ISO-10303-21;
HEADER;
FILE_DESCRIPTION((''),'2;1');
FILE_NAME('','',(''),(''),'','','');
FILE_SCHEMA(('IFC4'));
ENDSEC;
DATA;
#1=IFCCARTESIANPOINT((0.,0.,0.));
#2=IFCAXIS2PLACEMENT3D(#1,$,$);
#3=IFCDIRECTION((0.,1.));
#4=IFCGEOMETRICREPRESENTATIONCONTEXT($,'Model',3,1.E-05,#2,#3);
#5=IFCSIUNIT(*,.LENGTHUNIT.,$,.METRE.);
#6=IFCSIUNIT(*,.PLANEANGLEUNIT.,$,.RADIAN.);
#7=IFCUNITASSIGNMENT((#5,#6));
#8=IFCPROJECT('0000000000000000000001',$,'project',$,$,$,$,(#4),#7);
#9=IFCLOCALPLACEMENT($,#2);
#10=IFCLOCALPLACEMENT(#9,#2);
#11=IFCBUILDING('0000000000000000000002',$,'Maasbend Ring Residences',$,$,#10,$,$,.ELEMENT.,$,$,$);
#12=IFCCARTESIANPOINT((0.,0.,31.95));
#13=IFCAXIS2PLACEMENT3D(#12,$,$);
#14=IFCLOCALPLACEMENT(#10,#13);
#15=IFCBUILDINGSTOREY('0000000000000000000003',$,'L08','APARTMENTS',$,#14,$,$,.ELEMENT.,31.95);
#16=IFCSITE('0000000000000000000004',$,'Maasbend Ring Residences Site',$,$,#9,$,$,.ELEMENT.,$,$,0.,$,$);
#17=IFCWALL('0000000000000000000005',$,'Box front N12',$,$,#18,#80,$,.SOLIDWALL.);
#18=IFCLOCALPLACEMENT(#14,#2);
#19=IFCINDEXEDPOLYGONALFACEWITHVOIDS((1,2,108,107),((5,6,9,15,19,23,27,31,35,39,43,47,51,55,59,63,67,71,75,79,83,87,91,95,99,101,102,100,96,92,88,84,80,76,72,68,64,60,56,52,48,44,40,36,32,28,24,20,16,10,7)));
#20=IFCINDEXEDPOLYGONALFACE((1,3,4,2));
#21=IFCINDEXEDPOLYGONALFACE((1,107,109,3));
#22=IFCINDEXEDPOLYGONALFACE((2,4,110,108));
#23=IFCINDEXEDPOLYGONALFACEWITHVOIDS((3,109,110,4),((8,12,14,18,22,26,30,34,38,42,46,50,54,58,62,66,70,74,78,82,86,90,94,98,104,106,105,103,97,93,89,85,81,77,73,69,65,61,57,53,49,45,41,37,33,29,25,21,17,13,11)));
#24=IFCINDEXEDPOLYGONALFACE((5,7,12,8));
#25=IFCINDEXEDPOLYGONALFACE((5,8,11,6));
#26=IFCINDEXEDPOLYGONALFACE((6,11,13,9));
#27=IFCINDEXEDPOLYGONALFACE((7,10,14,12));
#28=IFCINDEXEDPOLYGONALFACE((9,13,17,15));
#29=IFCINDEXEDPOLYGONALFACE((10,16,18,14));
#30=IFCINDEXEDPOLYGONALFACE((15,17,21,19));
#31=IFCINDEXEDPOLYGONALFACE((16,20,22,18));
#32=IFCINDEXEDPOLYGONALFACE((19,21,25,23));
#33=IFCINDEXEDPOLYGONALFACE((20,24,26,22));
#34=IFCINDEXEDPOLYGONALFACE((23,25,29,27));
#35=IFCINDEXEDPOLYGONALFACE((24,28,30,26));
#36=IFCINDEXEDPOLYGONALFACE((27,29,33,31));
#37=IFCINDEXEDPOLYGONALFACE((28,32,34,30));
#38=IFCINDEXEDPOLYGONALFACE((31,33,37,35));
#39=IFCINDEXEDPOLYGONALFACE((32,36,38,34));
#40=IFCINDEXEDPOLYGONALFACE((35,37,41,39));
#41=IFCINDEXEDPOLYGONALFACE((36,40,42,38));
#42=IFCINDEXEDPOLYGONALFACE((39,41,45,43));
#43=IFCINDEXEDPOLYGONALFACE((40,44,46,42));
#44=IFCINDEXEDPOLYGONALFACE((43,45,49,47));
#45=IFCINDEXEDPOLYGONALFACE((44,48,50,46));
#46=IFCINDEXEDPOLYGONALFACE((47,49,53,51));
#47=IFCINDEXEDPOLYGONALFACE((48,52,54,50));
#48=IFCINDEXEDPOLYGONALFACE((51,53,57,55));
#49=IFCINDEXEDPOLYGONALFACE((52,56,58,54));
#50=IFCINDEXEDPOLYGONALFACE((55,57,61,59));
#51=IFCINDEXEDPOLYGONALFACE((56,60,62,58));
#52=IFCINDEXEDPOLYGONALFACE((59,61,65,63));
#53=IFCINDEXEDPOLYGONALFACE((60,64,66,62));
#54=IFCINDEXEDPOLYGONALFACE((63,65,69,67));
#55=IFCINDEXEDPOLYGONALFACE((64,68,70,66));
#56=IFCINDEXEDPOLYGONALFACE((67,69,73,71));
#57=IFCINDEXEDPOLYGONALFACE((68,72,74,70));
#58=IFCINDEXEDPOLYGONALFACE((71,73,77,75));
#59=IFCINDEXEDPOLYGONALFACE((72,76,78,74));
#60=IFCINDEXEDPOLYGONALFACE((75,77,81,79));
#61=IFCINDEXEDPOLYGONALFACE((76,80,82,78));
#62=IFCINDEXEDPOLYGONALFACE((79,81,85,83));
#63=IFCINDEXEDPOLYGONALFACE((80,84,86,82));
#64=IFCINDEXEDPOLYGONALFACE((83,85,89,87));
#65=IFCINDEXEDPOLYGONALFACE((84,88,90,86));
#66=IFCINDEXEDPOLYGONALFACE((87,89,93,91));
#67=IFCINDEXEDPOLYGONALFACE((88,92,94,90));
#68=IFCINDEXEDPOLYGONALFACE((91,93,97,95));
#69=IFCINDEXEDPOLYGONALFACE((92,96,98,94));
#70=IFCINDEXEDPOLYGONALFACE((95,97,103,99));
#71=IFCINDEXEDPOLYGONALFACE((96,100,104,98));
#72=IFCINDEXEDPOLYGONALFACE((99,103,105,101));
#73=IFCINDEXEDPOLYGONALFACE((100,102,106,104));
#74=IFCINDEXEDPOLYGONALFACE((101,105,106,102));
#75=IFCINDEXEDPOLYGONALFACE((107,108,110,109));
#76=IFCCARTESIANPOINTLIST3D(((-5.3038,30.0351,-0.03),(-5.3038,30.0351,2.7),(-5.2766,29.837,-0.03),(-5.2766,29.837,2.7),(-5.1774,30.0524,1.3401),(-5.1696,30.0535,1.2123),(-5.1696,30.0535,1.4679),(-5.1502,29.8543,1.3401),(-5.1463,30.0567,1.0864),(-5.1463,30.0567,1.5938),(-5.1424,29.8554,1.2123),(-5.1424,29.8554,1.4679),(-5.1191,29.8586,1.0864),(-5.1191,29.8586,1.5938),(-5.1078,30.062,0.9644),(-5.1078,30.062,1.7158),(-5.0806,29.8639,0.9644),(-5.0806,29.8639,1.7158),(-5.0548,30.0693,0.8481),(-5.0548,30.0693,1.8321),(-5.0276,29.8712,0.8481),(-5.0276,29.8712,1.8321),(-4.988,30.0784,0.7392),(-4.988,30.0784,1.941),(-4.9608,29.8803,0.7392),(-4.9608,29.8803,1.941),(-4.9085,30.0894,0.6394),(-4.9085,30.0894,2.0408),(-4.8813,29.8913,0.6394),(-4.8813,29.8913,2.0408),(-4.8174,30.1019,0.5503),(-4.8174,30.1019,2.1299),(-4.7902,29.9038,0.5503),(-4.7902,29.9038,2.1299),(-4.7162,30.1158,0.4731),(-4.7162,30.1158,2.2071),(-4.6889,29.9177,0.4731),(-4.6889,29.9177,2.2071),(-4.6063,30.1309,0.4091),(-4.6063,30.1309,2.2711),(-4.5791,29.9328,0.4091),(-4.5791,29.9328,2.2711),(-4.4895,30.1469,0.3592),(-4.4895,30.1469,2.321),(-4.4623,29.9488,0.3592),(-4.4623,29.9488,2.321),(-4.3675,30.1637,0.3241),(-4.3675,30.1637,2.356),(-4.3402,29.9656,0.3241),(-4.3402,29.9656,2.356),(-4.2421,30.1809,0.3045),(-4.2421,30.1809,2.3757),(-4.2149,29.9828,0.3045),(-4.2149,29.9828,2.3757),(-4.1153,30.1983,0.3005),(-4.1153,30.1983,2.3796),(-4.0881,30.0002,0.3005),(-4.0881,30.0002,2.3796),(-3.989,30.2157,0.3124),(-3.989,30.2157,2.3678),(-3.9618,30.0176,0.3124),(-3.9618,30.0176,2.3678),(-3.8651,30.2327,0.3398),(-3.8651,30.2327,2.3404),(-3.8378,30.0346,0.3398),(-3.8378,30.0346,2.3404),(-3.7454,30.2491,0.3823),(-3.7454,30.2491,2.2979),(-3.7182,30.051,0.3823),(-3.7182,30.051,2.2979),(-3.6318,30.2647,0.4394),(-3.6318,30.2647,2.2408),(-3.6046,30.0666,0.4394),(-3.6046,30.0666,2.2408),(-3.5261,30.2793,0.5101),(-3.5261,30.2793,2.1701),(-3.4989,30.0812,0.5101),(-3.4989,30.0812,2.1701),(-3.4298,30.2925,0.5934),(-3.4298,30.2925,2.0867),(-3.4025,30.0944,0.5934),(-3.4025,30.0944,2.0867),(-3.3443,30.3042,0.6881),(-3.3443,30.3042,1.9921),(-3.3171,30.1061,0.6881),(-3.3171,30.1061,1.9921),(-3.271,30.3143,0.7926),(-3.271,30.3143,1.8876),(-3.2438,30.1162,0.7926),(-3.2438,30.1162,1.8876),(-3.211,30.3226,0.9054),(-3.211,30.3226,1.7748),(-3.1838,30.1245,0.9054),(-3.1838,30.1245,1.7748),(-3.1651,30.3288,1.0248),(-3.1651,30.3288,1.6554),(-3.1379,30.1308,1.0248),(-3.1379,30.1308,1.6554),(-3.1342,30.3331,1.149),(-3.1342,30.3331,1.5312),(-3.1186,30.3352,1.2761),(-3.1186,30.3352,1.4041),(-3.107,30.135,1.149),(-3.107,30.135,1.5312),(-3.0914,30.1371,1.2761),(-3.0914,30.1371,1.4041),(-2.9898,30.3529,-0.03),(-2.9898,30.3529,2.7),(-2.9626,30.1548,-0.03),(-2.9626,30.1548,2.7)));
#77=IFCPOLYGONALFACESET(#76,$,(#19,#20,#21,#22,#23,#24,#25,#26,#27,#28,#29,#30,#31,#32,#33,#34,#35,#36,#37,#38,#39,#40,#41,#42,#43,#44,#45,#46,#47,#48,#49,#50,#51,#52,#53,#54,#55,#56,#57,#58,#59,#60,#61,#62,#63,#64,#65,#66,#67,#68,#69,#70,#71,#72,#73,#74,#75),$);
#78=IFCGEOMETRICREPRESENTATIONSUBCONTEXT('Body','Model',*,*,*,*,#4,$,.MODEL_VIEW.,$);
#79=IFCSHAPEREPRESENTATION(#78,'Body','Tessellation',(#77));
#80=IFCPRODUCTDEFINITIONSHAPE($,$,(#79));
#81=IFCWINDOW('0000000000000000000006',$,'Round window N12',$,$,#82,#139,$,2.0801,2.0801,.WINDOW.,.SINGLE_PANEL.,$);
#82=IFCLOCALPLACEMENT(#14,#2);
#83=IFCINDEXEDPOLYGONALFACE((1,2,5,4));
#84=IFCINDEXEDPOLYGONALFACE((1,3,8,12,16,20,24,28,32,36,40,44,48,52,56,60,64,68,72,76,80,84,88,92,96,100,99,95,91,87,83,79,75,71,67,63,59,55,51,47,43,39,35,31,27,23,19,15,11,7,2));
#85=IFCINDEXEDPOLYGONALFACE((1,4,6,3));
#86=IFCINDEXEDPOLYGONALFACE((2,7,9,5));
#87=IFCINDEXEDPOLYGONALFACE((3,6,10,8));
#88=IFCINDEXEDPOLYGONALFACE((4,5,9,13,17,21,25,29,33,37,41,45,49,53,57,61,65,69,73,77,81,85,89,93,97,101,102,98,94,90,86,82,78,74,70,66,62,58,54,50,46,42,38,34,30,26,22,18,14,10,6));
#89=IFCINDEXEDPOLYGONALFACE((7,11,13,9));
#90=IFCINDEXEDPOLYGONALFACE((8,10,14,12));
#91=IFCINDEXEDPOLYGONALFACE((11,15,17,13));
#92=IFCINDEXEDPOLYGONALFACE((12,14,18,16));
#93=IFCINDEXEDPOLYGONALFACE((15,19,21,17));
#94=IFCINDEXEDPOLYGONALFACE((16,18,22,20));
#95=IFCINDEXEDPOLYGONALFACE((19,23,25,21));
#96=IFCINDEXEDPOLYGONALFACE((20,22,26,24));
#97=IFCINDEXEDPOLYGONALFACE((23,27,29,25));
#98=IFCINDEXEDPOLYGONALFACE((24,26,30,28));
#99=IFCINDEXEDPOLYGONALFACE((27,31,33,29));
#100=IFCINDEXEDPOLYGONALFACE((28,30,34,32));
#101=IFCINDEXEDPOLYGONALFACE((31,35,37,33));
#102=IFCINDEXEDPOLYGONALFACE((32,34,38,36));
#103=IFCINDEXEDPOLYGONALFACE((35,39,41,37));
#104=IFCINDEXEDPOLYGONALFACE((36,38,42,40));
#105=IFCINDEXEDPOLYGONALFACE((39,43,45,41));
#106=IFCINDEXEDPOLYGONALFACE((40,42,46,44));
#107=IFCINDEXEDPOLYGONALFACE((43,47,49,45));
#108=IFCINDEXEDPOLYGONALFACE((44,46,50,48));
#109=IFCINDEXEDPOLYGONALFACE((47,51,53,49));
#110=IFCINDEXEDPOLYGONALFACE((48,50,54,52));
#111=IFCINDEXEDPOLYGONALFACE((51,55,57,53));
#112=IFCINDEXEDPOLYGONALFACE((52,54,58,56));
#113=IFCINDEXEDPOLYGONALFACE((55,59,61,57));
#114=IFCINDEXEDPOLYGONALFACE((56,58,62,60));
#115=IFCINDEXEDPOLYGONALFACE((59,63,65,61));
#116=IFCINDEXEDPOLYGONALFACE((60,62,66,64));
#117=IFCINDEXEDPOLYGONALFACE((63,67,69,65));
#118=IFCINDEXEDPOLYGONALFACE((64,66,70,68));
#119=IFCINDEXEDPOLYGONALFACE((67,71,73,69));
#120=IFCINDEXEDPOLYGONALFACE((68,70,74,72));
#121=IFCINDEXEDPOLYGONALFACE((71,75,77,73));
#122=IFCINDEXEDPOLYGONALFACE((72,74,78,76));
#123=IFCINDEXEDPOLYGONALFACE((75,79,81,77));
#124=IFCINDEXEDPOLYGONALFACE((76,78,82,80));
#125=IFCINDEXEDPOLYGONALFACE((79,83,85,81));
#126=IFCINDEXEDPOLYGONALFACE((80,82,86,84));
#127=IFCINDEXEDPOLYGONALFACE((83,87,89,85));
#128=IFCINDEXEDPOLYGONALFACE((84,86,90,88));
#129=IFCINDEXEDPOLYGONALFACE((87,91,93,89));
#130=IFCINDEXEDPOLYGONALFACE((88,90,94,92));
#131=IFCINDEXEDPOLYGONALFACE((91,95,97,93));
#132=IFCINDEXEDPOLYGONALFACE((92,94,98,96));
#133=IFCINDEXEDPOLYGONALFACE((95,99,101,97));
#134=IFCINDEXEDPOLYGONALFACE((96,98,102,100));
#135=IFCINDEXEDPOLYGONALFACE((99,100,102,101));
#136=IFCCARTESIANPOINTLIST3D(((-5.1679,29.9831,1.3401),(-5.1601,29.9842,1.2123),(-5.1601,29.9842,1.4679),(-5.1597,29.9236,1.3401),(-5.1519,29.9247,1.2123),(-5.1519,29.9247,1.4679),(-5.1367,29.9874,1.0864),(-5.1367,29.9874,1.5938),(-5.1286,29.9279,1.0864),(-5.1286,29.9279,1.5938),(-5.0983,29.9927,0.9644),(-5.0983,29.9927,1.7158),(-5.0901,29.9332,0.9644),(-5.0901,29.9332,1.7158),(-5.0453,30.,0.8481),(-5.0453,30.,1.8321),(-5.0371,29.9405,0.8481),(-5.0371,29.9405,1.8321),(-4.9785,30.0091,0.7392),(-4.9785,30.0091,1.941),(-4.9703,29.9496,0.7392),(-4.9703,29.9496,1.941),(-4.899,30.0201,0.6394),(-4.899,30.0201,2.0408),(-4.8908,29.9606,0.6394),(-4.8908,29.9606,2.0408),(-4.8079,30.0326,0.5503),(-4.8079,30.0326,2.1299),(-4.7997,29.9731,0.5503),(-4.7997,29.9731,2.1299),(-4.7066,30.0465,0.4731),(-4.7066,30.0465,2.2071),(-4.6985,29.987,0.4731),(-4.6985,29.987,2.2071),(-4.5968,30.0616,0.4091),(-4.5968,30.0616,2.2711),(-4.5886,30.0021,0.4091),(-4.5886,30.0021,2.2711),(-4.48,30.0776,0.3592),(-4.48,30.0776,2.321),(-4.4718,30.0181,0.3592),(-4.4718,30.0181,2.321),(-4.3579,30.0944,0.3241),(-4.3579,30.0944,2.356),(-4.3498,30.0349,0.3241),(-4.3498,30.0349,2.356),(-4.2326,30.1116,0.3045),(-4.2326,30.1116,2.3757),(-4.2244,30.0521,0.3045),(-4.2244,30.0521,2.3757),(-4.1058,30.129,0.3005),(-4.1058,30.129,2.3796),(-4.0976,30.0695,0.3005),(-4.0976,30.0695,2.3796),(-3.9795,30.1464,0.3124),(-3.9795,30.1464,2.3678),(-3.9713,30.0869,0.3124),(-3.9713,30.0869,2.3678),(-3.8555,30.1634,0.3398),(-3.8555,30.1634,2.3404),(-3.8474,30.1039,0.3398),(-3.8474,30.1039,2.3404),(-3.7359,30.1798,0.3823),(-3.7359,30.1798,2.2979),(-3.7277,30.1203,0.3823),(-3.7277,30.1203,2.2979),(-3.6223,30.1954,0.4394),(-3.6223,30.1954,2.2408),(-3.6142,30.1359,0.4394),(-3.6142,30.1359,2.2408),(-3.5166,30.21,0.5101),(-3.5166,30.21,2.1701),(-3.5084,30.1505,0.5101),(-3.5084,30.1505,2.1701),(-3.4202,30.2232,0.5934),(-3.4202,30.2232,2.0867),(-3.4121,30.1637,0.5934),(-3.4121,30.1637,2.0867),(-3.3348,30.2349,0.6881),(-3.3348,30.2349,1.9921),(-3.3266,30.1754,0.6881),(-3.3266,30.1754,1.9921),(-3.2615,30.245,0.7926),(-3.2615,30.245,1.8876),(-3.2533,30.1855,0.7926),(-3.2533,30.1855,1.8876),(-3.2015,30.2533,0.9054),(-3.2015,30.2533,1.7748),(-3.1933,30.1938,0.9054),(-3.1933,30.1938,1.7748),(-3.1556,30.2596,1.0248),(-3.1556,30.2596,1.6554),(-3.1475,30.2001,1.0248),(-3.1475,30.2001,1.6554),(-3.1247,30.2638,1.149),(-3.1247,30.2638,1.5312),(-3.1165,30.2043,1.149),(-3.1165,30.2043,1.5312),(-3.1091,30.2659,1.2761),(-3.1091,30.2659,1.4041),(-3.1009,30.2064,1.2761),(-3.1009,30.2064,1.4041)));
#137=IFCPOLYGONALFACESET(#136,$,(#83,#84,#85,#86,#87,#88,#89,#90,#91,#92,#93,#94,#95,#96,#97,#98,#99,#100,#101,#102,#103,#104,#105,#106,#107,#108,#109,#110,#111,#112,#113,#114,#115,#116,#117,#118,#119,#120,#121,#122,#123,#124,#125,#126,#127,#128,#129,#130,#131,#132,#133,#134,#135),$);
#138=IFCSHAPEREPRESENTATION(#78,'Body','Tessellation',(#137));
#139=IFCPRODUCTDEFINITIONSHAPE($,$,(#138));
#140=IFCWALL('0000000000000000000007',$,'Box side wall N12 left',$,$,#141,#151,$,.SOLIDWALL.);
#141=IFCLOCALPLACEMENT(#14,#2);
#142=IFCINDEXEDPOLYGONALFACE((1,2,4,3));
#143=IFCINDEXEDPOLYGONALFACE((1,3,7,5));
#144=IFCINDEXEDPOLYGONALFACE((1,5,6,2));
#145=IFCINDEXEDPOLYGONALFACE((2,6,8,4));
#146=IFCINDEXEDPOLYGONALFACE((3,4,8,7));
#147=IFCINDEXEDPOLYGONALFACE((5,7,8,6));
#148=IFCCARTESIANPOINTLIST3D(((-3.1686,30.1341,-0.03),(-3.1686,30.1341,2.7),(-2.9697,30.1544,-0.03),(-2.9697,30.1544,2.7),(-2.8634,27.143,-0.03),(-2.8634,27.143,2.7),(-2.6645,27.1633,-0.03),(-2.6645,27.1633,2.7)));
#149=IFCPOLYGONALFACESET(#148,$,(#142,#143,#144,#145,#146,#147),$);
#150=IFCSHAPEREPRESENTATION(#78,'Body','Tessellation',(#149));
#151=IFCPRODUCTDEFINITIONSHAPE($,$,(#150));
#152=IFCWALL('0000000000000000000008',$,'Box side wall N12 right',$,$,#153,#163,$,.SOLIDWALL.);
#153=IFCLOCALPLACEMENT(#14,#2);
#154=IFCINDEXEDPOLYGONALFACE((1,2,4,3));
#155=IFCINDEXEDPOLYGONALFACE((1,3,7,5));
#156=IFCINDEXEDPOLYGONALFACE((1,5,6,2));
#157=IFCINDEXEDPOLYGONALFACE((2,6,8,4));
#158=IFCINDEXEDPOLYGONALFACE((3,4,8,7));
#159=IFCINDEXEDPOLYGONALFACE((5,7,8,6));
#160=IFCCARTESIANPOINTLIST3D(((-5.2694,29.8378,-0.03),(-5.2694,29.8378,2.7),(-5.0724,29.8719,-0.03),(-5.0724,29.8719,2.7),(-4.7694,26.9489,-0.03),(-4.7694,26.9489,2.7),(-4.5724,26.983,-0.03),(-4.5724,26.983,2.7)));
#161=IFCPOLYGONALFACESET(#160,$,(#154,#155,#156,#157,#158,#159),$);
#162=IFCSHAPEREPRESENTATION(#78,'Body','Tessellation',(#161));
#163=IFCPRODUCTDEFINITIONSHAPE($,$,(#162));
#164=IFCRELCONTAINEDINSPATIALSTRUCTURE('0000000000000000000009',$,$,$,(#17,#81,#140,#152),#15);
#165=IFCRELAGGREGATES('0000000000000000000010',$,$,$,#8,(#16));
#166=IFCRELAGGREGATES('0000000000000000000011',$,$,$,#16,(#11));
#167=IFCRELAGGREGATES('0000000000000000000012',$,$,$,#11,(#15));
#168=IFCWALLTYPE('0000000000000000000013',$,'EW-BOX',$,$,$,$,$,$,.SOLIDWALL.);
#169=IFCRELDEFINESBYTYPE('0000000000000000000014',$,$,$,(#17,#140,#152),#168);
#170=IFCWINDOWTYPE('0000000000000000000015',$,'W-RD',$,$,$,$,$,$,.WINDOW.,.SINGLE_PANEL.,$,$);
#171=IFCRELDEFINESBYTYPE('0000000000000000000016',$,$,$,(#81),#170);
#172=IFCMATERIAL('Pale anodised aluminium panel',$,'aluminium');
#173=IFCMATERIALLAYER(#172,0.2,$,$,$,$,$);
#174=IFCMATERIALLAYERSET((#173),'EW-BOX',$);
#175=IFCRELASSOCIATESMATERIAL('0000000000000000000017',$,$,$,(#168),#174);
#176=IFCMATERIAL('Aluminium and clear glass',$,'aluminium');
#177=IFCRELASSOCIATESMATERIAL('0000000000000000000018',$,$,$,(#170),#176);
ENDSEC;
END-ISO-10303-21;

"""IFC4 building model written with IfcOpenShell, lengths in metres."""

from ifc_helpers import new_model, si_unit, direction, frame, frame_2d, origin, place, context, subcontext, project, spatial, rectangle, circle, extrude, material, layer, layer_set, type_object, element, fill, save


model = new_model("IFC4")

# Units and contexts
model_context = context("Model", 3, precision=1e-05, world=origin(), true_north=direction((0.0, 1.0)))
body_context = subcontext(model_context, "Body", "Model", "MODEL_VIEW")
ifc_project = project(units=[si_unit("LENGTHUNIT", "METRE"), si_unit("PLANEANGLEUNIT", "RADIAN")], contexts=[model_context])

# Site, building, storey
site_placement = place(None, origin())
site = spatial("IfcSite", under=ifc_project, at=site_placement, Name="Maasbend Ring Residences Site", CompositionType="ELEMENT", RefElevation=0.0)
building_placement = place(site_placement, origin())
building = spatial("IfcBuilding", under=site, at=building_placement, Name="Maasbend Ring Residences", CompositionType="ELEMENT")
storey_placement = place(building_placement, frame((0.0, 0.0, 31.95)))
storey = spatial("IfcBuildingStorey", under=building, at=storey_placement, Name="L08", Description="APARTMENTS", CompositionType="ELEMENT", Elevation=31.95)

# Wall, opening, window
ifc_material_1 = material(Name="Pale anodised aluminium panel", Category="aluminium")
ifc_layer_1 = layer(ifc_material_1, 0.2)
ifc_layer_set_1 = layer_set([ifc_layer_1], Name="EW-BOX")
wall_type_1 = type_object("IfcWallType", Name="EW-BOX", PredefinedType="SOLIDWALL", material=ifc_layer_set_1)
wall_1_placement = place(storey_placement, frame((-2.9761, 30.2539, -0.03), z_axis=(0.0, 0.0, 1.0), x_axis=(-0.990696, -0.136093, 0.0)))
wall_1 = element("IfcWall", 1, at=wall_1_placement, inside=storey, type_object=wall_type_1, Name="Box front N12", PredefinedType="SOLIDWALL", context=body_context, shape_type="SweptSolid", body=[
    extrude(rectangle(XDim=2.3357, YDim=0.2, at=frame_2d((1.168, 0.0))), origin(), (0.0, 0.0, 1.0), 2.73),
])
opening_1_placement = place(wall_1_placement, frame((0.1282, 0.0, 0.3301)))
opening_1 = element("IfcOpeningElement", 2, at=opening_1_placement, cuts=wall_1, PredefinedType="OPENING", context=body_context, shape_type="SweptSolid", body=[
    extrude(circle(Radius=1.04, at=frame_2d((1.04, 1.04))), frame((0.0, 0.1099, 0.0), z_axis=(0.0, -1.0, 0.0), x_axis=(1.0, 0.0, 0.0)), (0.0, 0.0, 1.0), 0.22),
])
ifc_material_2 = material(Name="Aluminium and clear glass", Category="aluminium")
window_type_1 = type_object("IfcWindowType", Name="W-RD", PartitioningType="SINGLE_PANEL", PredefinedType="WINDOW", material=ifc_material_2)
window_1_placement = place(opening_1_placement, origin())
window_1 = element("IfcWindow", 3, at=window_1_placement, inside=storey, type_object=window_type_1, Name="Round window N12", OverallHeight=2.0801, OverallWidth=2.0801, PartitioningType="SINGLE_PANEL", PredefinedType="WINDOW", context=body_context, shape_type="SweptSolid", body=[
    extrude(circle(Radius=1.04, at=frame_2d((1.04, 1.04))), frame((0.0, 0.03, 0.0), z_axis=(0.0, -1.0, 0.0), x_axis=(1.0, 0.0, 0.0)), (0.0, 0.0, 1.0), 0.0601),
])
fill(opening_1, window_1)

# Walls
wall_2_placement = place(storey_placement, frame((-2.7639, 27.1531, -0.03), z_axis=(0.0, 0.0, 1.0), x_axis=(-0.101505, 0.994835, 0.0)))
element("IfcWall", 4, at=wall_2_placement, inside=storey, type_object=wall_type_1, Name="Box side wall N12 left", PredefinedType="SOLIDWALL", context=body_context, shape_type="SweptSolid", body=[
    extrude(rectangle(XDim=3.0066, YDim=0.2, at=frame_2d((1.5034, 0.0))), origin(), (0.0, 0.0, 1.0), 2.73),
])
wall_3_placement = place(storey_placement, frame((-4.6709, 26.9661, -0.03), z_axis=(0.0, 0.0, 1.0), x_axis=(-0.17054, 0.985351, 0.0)))
element("IfcWall", 5, at=wall_3_placement, inside=storey, type_object=wall_type_1, Name="Box side wall N12 right", PredefinedType="SOLIDWALL", context=body_context, shape_type="SweptSolid", body=[
    extrude(rectangle(XDim=2.9319, YDim=0.2, at=frame_2d((1.4658, 0.0))), origin(), (0.0, 0.0, 1.0), 2.73),
])

save(model, "model.ifc")
